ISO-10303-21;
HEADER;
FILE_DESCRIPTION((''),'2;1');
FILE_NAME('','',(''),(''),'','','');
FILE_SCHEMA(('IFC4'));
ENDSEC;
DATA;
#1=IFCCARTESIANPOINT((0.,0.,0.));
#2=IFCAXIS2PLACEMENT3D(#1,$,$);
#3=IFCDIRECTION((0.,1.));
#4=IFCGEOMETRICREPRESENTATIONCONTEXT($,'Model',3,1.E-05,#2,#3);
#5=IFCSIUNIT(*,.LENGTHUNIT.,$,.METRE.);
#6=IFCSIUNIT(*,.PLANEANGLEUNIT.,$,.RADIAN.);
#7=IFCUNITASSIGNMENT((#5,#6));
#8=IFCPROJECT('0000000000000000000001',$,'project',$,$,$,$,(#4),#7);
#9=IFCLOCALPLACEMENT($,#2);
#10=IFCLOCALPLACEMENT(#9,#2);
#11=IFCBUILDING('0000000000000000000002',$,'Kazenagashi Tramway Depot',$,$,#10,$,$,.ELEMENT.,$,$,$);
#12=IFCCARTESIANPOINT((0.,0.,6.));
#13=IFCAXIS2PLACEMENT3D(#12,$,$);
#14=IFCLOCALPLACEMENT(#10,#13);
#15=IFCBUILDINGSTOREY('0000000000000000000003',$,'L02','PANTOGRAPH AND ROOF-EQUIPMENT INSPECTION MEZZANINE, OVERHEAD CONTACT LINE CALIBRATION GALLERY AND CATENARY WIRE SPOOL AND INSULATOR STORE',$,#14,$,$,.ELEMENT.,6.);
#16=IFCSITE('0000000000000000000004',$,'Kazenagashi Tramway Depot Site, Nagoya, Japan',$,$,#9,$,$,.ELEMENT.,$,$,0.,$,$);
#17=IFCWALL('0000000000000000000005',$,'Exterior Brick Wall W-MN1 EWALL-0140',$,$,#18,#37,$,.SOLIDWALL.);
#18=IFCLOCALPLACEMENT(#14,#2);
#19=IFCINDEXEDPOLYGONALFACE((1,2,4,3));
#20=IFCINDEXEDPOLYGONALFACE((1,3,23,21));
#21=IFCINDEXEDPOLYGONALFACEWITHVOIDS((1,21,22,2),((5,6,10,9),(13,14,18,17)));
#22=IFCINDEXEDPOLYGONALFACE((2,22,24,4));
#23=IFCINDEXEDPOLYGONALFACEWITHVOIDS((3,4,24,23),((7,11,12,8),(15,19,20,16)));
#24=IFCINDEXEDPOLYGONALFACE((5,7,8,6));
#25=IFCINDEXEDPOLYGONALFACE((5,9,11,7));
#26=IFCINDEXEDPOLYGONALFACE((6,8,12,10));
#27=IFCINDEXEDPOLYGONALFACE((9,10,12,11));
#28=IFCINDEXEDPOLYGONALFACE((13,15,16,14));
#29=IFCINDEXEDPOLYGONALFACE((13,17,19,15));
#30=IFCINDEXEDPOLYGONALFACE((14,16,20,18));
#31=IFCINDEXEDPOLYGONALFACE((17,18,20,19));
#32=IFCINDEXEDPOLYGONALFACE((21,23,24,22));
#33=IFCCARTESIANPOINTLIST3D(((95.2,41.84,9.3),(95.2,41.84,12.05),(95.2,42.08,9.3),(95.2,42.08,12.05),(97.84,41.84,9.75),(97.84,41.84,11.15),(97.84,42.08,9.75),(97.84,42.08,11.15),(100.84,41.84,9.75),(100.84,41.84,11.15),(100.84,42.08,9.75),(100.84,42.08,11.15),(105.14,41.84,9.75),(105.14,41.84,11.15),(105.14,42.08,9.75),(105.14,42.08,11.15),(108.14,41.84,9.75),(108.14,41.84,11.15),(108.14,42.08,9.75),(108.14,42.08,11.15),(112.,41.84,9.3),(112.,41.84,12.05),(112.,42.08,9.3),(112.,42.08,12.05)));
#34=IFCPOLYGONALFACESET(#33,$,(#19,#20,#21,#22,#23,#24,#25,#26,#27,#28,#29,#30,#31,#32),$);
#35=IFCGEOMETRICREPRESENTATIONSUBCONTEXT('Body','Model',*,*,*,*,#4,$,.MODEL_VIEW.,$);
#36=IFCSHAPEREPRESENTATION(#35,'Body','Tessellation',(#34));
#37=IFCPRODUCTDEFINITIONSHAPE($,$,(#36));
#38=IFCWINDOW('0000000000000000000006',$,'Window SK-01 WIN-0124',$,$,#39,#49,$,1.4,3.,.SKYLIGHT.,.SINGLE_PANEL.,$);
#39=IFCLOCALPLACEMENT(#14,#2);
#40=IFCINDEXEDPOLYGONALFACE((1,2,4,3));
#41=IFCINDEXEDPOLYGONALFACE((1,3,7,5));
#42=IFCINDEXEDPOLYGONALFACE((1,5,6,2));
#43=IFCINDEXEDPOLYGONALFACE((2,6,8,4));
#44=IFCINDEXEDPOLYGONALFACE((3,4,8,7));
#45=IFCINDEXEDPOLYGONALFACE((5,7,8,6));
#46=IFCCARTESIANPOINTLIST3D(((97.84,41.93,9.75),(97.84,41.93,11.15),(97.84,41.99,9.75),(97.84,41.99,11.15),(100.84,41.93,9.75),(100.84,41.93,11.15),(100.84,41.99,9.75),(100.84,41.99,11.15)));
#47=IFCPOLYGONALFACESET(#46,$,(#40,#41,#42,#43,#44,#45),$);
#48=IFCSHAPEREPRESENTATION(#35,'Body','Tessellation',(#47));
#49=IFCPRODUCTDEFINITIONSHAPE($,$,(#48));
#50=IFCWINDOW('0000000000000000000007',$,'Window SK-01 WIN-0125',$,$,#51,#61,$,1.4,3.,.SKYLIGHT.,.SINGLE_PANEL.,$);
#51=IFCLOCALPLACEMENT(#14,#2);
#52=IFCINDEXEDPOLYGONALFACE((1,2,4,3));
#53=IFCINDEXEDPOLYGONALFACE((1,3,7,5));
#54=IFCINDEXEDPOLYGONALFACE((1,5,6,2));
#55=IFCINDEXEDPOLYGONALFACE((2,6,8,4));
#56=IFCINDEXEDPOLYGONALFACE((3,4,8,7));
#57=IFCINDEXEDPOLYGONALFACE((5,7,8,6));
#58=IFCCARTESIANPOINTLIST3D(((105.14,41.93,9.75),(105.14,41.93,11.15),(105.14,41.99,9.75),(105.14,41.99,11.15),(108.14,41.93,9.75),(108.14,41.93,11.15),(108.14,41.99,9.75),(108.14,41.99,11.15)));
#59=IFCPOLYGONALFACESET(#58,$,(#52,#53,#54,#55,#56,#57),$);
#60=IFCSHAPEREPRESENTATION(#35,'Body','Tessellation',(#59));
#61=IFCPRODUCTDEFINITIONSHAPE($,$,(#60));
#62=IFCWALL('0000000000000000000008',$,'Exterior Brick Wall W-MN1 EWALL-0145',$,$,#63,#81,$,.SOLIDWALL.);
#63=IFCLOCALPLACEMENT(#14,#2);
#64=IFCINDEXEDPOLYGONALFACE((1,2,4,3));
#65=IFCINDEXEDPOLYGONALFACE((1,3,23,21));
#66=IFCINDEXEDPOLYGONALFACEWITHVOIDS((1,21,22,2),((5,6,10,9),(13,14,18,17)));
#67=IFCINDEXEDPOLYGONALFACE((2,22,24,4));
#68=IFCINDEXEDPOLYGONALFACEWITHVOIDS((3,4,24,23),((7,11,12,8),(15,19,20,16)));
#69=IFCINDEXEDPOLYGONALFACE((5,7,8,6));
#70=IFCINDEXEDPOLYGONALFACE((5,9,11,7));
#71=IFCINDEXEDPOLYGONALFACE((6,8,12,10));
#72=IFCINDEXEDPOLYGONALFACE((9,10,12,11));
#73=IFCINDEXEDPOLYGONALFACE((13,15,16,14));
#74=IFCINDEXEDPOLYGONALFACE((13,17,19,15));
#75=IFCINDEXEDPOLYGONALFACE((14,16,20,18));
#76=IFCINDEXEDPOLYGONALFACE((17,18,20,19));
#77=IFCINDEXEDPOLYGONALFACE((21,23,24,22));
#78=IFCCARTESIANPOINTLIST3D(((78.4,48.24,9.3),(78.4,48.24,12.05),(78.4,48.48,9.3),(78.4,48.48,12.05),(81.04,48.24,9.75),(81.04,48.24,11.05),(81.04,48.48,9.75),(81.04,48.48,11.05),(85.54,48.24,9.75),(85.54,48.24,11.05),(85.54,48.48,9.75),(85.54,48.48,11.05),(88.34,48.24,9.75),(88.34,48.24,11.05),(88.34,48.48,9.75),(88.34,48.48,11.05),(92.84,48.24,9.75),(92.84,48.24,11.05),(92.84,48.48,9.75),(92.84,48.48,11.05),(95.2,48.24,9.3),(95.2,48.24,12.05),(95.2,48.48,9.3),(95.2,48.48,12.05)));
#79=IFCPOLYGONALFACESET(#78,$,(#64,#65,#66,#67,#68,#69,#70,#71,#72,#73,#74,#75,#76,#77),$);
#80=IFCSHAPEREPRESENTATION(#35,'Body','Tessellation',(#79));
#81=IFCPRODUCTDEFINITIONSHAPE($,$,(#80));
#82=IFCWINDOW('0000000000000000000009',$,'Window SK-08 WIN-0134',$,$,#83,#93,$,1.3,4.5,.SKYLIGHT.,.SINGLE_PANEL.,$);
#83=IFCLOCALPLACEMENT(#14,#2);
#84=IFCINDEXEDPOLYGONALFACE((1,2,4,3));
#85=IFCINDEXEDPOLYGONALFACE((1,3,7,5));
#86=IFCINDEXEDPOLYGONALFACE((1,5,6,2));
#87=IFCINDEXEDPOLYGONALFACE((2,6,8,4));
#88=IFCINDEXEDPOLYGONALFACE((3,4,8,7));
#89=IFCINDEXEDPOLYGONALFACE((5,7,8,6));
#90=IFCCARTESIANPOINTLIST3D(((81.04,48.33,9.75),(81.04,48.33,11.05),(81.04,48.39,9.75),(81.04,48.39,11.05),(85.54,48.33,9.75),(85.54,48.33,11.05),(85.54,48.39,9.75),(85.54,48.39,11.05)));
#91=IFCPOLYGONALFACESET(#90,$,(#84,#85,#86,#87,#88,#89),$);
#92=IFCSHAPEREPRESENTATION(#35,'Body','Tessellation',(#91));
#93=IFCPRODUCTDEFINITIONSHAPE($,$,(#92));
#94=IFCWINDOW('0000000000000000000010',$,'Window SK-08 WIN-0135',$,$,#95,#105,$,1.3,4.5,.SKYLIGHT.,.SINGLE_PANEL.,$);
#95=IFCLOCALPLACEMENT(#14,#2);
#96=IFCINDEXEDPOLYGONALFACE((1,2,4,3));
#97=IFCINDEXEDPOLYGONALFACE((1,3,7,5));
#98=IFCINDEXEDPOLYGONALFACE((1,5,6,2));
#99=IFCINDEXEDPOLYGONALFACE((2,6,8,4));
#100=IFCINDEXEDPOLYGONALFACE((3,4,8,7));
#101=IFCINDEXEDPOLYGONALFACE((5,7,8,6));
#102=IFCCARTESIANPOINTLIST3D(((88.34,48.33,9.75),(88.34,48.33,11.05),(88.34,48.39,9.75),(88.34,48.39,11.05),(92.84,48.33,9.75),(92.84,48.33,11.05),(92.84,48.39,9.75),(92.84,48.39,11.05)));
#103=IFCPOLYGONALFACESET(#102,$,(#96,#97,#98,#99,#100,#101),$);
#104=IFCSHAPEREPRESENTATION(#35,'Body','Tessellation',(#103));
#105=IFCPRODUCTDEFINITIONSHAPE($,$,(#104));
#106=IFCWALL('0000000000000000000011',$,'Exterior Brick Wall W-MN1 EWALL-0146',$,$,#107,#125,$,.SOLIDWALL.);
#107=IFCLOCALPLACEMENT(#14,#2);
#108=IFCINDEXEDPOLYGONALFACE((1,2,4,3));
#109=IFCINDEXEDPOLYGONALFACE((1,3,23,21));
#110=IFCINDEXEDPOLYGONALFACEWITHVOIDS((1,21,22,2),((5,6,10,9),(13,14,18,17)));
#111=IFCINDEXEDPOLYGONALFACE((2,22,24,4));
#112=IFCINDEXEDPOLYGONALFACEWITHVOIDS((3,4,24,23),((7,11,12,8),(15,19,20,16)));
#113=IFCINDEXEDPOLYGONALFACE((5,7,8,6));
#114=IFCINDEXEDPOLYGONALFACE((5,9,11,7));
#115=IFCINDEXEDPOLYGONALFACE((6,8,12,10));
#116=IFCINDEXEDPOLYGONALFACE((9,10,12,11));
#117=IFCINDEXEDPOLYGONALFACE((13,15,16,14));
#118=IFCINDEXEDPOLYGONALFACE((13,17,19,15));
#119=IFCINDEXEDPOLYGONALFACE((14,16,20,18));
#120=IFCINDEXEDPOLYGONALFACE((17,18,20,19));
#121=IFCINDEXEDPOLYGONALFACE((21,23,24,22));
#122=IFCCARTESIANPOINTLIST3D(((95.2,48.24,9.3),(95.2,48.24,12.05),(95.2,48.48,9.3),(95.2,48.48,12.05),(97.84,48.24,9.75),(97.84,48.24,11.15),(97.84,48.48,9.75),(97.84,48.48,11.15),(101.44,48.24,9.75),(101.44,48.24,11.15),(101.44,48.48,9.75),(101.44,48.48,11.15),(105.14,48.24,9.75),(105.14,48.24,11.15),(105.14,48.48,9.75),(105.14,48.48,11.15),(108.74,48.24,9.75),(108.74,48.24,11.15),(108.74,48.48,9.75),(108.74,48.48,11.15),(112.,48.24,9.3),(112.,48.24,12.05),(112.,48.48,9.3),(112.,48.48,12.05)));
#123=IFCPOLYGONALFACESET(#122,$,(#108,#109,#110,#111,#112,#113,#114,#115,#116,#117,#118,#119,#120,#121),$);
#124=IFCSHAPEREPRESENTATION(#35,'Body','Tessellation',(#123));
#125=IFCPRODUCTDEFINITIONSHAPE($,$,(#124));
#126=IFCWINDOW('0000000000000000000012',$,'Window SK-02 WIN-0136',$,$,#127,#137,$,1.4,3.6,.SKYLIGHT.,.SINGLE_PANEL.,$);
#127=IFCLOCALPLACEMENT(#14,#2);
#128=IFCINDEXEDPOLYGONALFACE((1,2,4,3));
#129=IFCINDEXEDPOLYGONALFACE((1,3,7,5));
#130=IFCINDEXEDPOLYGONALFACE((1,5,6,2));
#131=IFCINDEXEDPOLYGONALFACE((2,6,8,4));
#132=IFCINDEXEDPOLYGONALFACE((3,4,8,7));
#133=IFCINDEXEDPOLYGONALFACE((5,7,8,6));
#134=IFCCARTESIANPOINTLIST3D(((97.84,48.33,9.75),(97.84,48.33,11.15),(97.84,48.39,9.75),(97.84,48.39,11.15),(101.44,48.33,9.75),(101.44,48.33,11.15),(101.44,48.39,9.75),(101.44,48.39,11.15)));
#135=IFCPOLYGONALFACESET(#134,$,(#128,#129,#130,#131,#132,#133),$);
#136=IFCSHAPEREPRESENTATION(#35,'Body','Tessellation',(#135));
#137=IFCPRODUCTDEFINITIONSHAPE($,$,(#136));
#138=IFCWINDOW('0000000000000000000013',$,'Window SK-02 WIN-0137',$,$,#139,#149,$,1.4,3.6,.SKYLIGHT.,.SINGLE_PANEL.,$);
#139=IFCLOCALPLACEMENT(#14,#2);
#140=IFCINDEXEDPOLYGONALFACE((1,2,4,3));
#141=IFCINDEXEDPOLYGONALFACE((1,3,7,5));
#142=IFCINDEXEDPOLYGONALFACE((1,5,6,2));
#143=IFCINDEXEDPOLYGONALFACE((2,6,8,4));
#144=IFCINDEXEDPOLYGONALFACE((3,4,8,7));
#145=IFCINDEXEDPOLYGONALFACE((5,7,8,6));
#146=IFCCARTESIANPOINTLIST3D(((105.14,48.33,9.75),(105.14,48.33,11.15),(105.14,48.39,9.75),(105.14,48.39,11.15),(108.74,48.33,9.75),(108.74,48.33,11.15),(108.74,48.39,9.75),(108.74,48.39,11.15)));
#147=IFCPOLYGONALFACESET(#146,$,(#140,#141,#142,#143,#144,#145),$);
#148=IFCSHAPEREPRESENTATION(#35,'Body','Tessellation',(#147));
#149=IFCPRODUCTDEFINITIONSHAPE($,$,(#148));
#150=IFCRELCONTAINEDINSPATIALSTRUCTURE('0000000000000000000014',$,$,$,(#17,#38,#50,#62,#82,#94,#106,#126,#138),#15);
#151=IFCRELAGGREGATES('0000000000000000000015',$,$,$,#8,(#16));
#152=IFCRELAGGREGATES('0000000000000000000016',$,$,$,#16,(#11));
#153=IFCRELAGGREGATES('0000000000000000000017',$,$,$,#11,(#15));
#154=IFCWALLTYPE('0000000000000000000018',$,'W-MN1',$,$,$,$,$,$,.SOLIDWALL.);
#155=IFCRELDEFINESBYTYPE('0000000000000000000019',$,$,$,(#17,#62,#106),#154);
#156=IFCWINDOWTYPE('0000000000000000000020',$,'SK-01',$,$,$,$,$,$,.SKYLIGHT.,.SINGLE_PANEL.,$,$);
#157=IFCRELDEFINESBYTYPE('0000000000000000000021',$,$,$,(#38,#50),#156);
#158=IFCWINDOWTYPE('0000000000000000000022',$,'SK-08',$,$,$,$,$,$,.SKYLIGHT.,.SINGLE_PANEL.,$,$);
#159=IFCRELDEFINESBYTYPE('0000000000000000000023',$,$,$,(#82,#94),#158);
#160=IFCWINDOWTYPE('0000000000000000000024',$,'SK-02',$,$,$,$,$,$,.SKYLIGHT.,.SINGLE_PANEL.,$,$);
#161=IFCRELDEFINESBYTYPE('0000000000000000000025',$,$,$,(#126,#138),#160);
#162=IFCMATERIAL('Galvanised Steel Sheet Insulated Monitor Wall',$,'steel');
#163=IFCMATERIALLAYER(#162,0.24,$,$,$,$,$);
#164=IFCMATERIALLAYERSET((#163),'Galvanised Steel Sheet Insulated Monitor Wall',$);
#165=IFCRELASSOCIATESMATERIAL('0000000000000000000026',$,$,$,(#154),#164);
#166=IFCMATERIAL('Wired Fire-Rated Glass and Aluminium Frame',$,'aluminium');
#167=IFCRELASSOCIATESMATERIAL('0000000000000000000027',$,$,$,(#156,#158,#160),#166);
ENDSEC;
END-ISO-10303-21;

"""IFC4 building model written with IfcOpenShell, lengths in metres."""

from ifc_helpers import new_model, si_unit, direction, frame, frame_2d, origin, place, context, subcontext, project, spatial, rectangle, extrude, material, layer, layer_set, type_object, element, fill, save


model = new_model("IFC4")

# Units and contexts
model_context = context("Model", 3, precision=1e-05, world=origin(), true_north=direction((0.0, 1.0)))
body_context = subcontext(model_context, "Body", "Model", "MODEL_VIEW")
ifc_project = project(units=[si_unit("LENGTHUNIT", "METRE"), si_unit("PLANEANGLEUNIT", "RADIAN")], contexts=[model_context])

# Site, building, storey
site_placement = place(None, origin())
site = spatial("IfcSite", under=ifc_project, at=site_placement, Name="Kazenagashi Tramway Depot Site, Nagoya, Japan", CompositionType="ELEMENT", RefElevation=0.0)
building_placement = place(site_placement, origin())
building = spatial("IfcBuilding", under=site, at=building_placement, Name="Kazenagashi Tramway Depot", CompositionType="ELEMENT")
storey_placement = place(building_placement, frame((0.0, 0.0, 6.0)))
storey = spatial("IfcBuildingStorey", under=building, at=storey_placement, Name="L02", Description="PANTOGRAPH AND ROOF-EQUIPMENT INSPECTION MEZZANINE, OVERHEAD CONTACT LINE CALIBRATION GALLERY AND CATENARY WIRE SPOOL AND INSULATOR STORE", CompositionType="ELEMENT", Elevation=6.0)

# Walls, openings, windows
ifc_material_1 = material(Name="Galvanised Steel Sheet Insulated Monitor Wall", Category="steel")
ifc_layer = layer(ifc_material_1, 0.24)
ifc_layer_set = layer_set([ifc_layer], Name="Galvanised Steel Sheet Insulated Monitor Wall")
wall_type = type_object("IfcWallType", Name="W-MN1", PredefinedType="SOLIDWALL", material=ifc_layer_set)
ifc_material_2 = material(Name="Wired Fire-Rated Glass and Aluminium Frame", Category="aluminium")
wall_1_placement = place(storey_placement, frame((95.2, 41.96, 9.3), z_axis=(0.0, 0.0, 1.0), x_axis=(1.0, 0.0, 0.0)))
wall_1 = element("IfcWall", 1, at=wall_1_placement, inside=storey, type_object=wall_type, Name="Exterior Brick Wall W-MN1 EWALL-0140", PredefinedType="SOLIDWALL", context=body_context, shape_type="SweptSolid", body=[
    extrude(rectangle(XDim=16.8, YDim=0.24, at=frame_2d((8.4, 0.0))), origin(), (0.0, 0.0, 1.0), 2.75),
])
opening_1_placement = place(wall_1_placement, frame((2.64, 0.0, 0.45)))
opening_1 = element("IfcOpeningElement", 2, at=opening_1_placement, cuts=wall_1, PredefinedType="OPENING", context=body_context, shape_type="SweptSolid", body=[
    extrude(rectangle(XDim=3.0, YDim=1.4, at=frame_2d((1.5, 0.7))), frame((0.0, 0.13, 0.0), z_axis=(0.0, -1.0, 0.0), x_axis=(1.0, 0.0, 0.0)), (0.0, 0.0, 1.0), 0.26),
])
opening_2_placement = place(wall_1_placement, frame((9.94, 0.0, 0.45)))
opening_2 = element("IfcOpeningElement", 3, at=opening_2_placement, cuts=wall_1, PredefinedType="OPENING", context=body_context, shape_type="SweptSolid", body=[
    extrude(rectangle(XDim=3.0, YDim=1.4, at=frame_2d((1.5, 0.7))), frame((0.0, 0.13, 0.0), z_axis=(0.0, -1.0, 0.0), x_axis=(1.0, 0.0, 0.0)), (0.0, 0.0, 1.0), 0.26),
])
window_type_1 = type_object("IfcWindowType", Name="SK-01", PartitioningType="SINGLE_PANEL", PredefinedType="SKYLIGHT", material=ifc_material_2)
window_1_placement = place(opening_1_placement, origin())
window_1 = element("IfcWindow", 4, at=window_1_placement, inside=storey, type_object=window_type_1, Name="Window SK-01 WIN-0124", OverallHeight=1.4, OverallWidth=3.0, PartitioningType="SINGLE_PANEL", PredefinedType="SKYLIGHT", context=body_context, shape_type="SweptSolid", body=[
    extrude(rectangle(XDim=3.0, YDim=1.4, at=frame_2d((1.5, 0.7))), frame((0.0, 0.03, 0.0), z_axis=(0.0, -1.0, 0.0), x_axis=(1.0, 0.0, 0.0)), (0.0, 0.0, 1.0), 0.06),
])
fill(opening_1, window_1)
window_2_placement = place(opening_2_placement, origin())
window_2 = element("IfcWindow", 5, at=window_2_placement, inside=storey, type_object=window_type_1, Name="Window SK-01 WIN-0125", OverallHeight=1.4, OverallWidth=3.0, PartitioningType="SINGLE_PANEL", PredefinedType="SKYLIGHT", context=body_context, shape_type="SweptSolid", body=[
    extrude(rectangle(XDim=3.0, YDim=1.4, at=frame_2d((1.5, 0.7))), frame((0.0, 0.03, 0.0), z_axis=(0.0, -1.0, 0.0), x_axis=(1.0, 0.0, 0.0)), (0.0, 0.0, 1.0), 0.06),
])
fill(opening_2, window_2)
wall_2_placement = place(storey_placement, frame((78.4, 48.36, 9.3), z_axis=(0.0, 0.0, 1.0), x_axis=(1.0, 0.0, 0.0)))
wall_2 = element("IfcWall", 6, at=wall_2_placement, inside=storey, type_object=wall_type, Name="Exterior Brick Wall W-MN1 EWALL-0145", PredefinedType="SOLIDWALL", context=body_context, shape_type="SweptSolid", body=[
    extrude(rectangle(XDim=16.8, YDim=0.24, at=frame_2d((8.4, 0.0))), origin(), (0.0, 0.0, 1.0), 2.75),
])
opening_3_placement = place(wall_2_placement, frame((2.64, 0.0, 0.45)))
opening_3 = element("IfcOpeningElement", 7, at=opening_3_placement, cuts=wall_2, PredefinedType="OPENING", context=body_context, shape_type="SweptSolid", body=[
    extrude(rectangle(XDim=4.5, YDim=1.3, at=frame_2d((2.25, 0.65))), frame((0.0, 0.13, 0.0), z_axis=(0.0, -1.0, 0.0), x_axis=(1.0, 0.0, 0.0)), (0.0, 0.0, 1.0), 0.26),
])
opening_4_placement = place(wall_2_placement, frame((9.94, 0.0, 0.45)))
opening_4 = element("IfcOpeningElement", 8, at=opening_4_placement, cuts=wall_2, PredefinedType="OPENING", context=body_context, shape_type="SweptSolid", body=[
    extrude(rectangle(XDim=4.5, YDim=1.3, at=frame_2d((2.25, 0.65))), frame((0.0, 0.13, 0.0), z_axis=(0.0, -1.0, 0.0), x_axis=(1.0, 0.0, 0.0)), (0.0, 0.0, 1.0), 0.26),
])
window_type_2 = type_object("IfcWindowType", Name="SK-08", PartitioningType="SINGLE_PANEL", PredefinedType="SKYLIGHT", material=ifc_material_2)
window_3_placement = place(opening_3_placement, origin())
window_3 = element("IfcWindow", 9, at=window_3_placement, inside=storey, type_object=window_type_2, Name="Window SK-08 WIN-0134", OverallHeight=1.3, OverallWidth=4.5, PartitioningType="SINGLE_PANEL", PredefinedType="SKYLIGHT", context=body_context, shape_type="SweptSolid", body=[
    extrude(rectangle(XDim=4.5, YDim=1.3, at=frame_2d((2.25, 0.65))), frame((0.0, 0.03, 0.0), z_axis=(0.0, -1.0, 0.0), x_axis=(1.0, 0.0, 0.0)), (0.0, 0.0, 1.0), 0.06),
])
fill(opening_3, window_3)
window_4_placement = place(opening_4_placement, origin())
window_4 = element("IfcWindow", 10, at=window_4_placement, inside=storey, type_object=window_type_2, Name="Window SK-08 WIN-0135", OverallHeight=1.3, OverallWidth=4.5, PartitioningType="SINGLE_PANEL", PredefinedType="SKYLIGHT", context=body_context, shape_type="SweptSolid", body=[
    extrude(rectangle(XDim=4.5, YDim=1.3, at=frame_2d((2.25, 0.65))), frame((0.0, 0.03, 0.0), z_axis=(0.0, -1.0, 0.0), x_axis=(1.0, 0.0, 0.0)), (0.0, 0.0, 1.0), 0.06),
])
fill(opening_4, window_4)
wall_3_placement = place(storey_placement, frame((95.2, 48.36, 9.3), z_axis=(0.0, 0.0, 1.0), x_axis=(1.0, 0.0, 0.0)))
wall_3 = element("IfcWall", 11, at=wall_3_placement, inside=storey, type_object=wall_type, Name="Exterior Brick Wall W-MN1 EWALL-0146", PredefinedType="SOLIDWALL", context=body_context, shape_type="SweptSolid", body=[
    extrude(rectangle(XDim=16.8, YDim=0.24, at=frame_2d((8.4, 0.0))), origin(), (0.0, 0.0, 1.0), 2.75),
])
opening_5_placement = place(wall_3_placement, frame((2.64, 0.0, 0.45)))
opening_5 = element("IfcOpeningElement", 12, at=opening_5_placement, cuts=wall_3, PredefinedType="OPENING", context=body_context, shape_type="SweptSolid", body=[
    extrude(rectangle(XDim=3.6, YDim=1.4, at=frame_2d((1.8, 0.7))), frame((0.0, 0.13, 0.0), z_axis=(0.0, -1.0, 0.0), x_axis=(1.0, 0.0, 0.0)), (0.0, 0.0, 1.0), 0.26),
])
opening_6_placement = place(wall_3_placement, frame((9.94, 0.0, 0.45)))
opening_6 = element("IfcOpeningElement", 13, at=opening_6_placement, cuts=wall_3, PredefinedType="OPENING", context=body_context, shape_type="SweptSolid", body=[
    extrude(rectangle(XDim=3.6, YDim=1.4, at=frame_2d((1.8, 0.7))), frame((0.0, 0.13, 0.0), z_axis=(0.0, -1.0, 0.0), x_axis=(1.0, 0.0, 0.0)), (0.0, 0.0, 1.0), 0.26),
])
window_type_3 = type_object("IfcWindowType", Name="SK-02", PartitioningType="SINGLE_PANEL", PredefinedType="SKYLIGHT", material=ifc_material_2)
window_5_placement = place(opening_5_placement, origin())
window_5 = element("IfcWindow", 14, at=window_5_placement, inside=storey, type_object=window_type_3, Name="Window SK-02 WIN-0136", OverallHeight=1.4, OverallWidth=3.6, PartitioningType="SINGLE_PANEL", PredefinedType="SKYLIGHT", context=body_context, shape_type="SweptSolid", body=[
    extrude(rectangle(XDim=3.6, YDim=1.4, at=frame_2d((1.8, 0.7))), frame((0.0, 0.03, 0.0), z_axis=(0.0, -1.0, 0.0), x_axis=(1.0, 0.0, 0.0)), (0.0, 0.0, 1.0), 0.06),
])
fill(opening_5, window_5)
window_6_placement = place(opening_6_placement, origin())
window_6 = element("IfcWindow", 15, at=window_6_placement, inside=storey, type_object=window_type_3, Name="Window SK-02 WIN-0137", OverallHeight=1.4, OverallWidth=3.6, PartitioningType="SINGLE_PANEL", PredefinedType="SKYLIGHT", context=body_context, shape_type="SweptSolid", body=[
    extrude(rectangle(XDim=3.6, YDim=1.4, at=frame_2d((1.8, 0.7))), frame((0.0, 0.03, 0.0), z_axis=(0.0, -1.0, 0.0), x_axis=(1.0, 0.0, 0.0)), (0.0, 0.0, 1.0), 0.06),
])
fill(opening_6, window_6)

save(model, "model.ifc")
